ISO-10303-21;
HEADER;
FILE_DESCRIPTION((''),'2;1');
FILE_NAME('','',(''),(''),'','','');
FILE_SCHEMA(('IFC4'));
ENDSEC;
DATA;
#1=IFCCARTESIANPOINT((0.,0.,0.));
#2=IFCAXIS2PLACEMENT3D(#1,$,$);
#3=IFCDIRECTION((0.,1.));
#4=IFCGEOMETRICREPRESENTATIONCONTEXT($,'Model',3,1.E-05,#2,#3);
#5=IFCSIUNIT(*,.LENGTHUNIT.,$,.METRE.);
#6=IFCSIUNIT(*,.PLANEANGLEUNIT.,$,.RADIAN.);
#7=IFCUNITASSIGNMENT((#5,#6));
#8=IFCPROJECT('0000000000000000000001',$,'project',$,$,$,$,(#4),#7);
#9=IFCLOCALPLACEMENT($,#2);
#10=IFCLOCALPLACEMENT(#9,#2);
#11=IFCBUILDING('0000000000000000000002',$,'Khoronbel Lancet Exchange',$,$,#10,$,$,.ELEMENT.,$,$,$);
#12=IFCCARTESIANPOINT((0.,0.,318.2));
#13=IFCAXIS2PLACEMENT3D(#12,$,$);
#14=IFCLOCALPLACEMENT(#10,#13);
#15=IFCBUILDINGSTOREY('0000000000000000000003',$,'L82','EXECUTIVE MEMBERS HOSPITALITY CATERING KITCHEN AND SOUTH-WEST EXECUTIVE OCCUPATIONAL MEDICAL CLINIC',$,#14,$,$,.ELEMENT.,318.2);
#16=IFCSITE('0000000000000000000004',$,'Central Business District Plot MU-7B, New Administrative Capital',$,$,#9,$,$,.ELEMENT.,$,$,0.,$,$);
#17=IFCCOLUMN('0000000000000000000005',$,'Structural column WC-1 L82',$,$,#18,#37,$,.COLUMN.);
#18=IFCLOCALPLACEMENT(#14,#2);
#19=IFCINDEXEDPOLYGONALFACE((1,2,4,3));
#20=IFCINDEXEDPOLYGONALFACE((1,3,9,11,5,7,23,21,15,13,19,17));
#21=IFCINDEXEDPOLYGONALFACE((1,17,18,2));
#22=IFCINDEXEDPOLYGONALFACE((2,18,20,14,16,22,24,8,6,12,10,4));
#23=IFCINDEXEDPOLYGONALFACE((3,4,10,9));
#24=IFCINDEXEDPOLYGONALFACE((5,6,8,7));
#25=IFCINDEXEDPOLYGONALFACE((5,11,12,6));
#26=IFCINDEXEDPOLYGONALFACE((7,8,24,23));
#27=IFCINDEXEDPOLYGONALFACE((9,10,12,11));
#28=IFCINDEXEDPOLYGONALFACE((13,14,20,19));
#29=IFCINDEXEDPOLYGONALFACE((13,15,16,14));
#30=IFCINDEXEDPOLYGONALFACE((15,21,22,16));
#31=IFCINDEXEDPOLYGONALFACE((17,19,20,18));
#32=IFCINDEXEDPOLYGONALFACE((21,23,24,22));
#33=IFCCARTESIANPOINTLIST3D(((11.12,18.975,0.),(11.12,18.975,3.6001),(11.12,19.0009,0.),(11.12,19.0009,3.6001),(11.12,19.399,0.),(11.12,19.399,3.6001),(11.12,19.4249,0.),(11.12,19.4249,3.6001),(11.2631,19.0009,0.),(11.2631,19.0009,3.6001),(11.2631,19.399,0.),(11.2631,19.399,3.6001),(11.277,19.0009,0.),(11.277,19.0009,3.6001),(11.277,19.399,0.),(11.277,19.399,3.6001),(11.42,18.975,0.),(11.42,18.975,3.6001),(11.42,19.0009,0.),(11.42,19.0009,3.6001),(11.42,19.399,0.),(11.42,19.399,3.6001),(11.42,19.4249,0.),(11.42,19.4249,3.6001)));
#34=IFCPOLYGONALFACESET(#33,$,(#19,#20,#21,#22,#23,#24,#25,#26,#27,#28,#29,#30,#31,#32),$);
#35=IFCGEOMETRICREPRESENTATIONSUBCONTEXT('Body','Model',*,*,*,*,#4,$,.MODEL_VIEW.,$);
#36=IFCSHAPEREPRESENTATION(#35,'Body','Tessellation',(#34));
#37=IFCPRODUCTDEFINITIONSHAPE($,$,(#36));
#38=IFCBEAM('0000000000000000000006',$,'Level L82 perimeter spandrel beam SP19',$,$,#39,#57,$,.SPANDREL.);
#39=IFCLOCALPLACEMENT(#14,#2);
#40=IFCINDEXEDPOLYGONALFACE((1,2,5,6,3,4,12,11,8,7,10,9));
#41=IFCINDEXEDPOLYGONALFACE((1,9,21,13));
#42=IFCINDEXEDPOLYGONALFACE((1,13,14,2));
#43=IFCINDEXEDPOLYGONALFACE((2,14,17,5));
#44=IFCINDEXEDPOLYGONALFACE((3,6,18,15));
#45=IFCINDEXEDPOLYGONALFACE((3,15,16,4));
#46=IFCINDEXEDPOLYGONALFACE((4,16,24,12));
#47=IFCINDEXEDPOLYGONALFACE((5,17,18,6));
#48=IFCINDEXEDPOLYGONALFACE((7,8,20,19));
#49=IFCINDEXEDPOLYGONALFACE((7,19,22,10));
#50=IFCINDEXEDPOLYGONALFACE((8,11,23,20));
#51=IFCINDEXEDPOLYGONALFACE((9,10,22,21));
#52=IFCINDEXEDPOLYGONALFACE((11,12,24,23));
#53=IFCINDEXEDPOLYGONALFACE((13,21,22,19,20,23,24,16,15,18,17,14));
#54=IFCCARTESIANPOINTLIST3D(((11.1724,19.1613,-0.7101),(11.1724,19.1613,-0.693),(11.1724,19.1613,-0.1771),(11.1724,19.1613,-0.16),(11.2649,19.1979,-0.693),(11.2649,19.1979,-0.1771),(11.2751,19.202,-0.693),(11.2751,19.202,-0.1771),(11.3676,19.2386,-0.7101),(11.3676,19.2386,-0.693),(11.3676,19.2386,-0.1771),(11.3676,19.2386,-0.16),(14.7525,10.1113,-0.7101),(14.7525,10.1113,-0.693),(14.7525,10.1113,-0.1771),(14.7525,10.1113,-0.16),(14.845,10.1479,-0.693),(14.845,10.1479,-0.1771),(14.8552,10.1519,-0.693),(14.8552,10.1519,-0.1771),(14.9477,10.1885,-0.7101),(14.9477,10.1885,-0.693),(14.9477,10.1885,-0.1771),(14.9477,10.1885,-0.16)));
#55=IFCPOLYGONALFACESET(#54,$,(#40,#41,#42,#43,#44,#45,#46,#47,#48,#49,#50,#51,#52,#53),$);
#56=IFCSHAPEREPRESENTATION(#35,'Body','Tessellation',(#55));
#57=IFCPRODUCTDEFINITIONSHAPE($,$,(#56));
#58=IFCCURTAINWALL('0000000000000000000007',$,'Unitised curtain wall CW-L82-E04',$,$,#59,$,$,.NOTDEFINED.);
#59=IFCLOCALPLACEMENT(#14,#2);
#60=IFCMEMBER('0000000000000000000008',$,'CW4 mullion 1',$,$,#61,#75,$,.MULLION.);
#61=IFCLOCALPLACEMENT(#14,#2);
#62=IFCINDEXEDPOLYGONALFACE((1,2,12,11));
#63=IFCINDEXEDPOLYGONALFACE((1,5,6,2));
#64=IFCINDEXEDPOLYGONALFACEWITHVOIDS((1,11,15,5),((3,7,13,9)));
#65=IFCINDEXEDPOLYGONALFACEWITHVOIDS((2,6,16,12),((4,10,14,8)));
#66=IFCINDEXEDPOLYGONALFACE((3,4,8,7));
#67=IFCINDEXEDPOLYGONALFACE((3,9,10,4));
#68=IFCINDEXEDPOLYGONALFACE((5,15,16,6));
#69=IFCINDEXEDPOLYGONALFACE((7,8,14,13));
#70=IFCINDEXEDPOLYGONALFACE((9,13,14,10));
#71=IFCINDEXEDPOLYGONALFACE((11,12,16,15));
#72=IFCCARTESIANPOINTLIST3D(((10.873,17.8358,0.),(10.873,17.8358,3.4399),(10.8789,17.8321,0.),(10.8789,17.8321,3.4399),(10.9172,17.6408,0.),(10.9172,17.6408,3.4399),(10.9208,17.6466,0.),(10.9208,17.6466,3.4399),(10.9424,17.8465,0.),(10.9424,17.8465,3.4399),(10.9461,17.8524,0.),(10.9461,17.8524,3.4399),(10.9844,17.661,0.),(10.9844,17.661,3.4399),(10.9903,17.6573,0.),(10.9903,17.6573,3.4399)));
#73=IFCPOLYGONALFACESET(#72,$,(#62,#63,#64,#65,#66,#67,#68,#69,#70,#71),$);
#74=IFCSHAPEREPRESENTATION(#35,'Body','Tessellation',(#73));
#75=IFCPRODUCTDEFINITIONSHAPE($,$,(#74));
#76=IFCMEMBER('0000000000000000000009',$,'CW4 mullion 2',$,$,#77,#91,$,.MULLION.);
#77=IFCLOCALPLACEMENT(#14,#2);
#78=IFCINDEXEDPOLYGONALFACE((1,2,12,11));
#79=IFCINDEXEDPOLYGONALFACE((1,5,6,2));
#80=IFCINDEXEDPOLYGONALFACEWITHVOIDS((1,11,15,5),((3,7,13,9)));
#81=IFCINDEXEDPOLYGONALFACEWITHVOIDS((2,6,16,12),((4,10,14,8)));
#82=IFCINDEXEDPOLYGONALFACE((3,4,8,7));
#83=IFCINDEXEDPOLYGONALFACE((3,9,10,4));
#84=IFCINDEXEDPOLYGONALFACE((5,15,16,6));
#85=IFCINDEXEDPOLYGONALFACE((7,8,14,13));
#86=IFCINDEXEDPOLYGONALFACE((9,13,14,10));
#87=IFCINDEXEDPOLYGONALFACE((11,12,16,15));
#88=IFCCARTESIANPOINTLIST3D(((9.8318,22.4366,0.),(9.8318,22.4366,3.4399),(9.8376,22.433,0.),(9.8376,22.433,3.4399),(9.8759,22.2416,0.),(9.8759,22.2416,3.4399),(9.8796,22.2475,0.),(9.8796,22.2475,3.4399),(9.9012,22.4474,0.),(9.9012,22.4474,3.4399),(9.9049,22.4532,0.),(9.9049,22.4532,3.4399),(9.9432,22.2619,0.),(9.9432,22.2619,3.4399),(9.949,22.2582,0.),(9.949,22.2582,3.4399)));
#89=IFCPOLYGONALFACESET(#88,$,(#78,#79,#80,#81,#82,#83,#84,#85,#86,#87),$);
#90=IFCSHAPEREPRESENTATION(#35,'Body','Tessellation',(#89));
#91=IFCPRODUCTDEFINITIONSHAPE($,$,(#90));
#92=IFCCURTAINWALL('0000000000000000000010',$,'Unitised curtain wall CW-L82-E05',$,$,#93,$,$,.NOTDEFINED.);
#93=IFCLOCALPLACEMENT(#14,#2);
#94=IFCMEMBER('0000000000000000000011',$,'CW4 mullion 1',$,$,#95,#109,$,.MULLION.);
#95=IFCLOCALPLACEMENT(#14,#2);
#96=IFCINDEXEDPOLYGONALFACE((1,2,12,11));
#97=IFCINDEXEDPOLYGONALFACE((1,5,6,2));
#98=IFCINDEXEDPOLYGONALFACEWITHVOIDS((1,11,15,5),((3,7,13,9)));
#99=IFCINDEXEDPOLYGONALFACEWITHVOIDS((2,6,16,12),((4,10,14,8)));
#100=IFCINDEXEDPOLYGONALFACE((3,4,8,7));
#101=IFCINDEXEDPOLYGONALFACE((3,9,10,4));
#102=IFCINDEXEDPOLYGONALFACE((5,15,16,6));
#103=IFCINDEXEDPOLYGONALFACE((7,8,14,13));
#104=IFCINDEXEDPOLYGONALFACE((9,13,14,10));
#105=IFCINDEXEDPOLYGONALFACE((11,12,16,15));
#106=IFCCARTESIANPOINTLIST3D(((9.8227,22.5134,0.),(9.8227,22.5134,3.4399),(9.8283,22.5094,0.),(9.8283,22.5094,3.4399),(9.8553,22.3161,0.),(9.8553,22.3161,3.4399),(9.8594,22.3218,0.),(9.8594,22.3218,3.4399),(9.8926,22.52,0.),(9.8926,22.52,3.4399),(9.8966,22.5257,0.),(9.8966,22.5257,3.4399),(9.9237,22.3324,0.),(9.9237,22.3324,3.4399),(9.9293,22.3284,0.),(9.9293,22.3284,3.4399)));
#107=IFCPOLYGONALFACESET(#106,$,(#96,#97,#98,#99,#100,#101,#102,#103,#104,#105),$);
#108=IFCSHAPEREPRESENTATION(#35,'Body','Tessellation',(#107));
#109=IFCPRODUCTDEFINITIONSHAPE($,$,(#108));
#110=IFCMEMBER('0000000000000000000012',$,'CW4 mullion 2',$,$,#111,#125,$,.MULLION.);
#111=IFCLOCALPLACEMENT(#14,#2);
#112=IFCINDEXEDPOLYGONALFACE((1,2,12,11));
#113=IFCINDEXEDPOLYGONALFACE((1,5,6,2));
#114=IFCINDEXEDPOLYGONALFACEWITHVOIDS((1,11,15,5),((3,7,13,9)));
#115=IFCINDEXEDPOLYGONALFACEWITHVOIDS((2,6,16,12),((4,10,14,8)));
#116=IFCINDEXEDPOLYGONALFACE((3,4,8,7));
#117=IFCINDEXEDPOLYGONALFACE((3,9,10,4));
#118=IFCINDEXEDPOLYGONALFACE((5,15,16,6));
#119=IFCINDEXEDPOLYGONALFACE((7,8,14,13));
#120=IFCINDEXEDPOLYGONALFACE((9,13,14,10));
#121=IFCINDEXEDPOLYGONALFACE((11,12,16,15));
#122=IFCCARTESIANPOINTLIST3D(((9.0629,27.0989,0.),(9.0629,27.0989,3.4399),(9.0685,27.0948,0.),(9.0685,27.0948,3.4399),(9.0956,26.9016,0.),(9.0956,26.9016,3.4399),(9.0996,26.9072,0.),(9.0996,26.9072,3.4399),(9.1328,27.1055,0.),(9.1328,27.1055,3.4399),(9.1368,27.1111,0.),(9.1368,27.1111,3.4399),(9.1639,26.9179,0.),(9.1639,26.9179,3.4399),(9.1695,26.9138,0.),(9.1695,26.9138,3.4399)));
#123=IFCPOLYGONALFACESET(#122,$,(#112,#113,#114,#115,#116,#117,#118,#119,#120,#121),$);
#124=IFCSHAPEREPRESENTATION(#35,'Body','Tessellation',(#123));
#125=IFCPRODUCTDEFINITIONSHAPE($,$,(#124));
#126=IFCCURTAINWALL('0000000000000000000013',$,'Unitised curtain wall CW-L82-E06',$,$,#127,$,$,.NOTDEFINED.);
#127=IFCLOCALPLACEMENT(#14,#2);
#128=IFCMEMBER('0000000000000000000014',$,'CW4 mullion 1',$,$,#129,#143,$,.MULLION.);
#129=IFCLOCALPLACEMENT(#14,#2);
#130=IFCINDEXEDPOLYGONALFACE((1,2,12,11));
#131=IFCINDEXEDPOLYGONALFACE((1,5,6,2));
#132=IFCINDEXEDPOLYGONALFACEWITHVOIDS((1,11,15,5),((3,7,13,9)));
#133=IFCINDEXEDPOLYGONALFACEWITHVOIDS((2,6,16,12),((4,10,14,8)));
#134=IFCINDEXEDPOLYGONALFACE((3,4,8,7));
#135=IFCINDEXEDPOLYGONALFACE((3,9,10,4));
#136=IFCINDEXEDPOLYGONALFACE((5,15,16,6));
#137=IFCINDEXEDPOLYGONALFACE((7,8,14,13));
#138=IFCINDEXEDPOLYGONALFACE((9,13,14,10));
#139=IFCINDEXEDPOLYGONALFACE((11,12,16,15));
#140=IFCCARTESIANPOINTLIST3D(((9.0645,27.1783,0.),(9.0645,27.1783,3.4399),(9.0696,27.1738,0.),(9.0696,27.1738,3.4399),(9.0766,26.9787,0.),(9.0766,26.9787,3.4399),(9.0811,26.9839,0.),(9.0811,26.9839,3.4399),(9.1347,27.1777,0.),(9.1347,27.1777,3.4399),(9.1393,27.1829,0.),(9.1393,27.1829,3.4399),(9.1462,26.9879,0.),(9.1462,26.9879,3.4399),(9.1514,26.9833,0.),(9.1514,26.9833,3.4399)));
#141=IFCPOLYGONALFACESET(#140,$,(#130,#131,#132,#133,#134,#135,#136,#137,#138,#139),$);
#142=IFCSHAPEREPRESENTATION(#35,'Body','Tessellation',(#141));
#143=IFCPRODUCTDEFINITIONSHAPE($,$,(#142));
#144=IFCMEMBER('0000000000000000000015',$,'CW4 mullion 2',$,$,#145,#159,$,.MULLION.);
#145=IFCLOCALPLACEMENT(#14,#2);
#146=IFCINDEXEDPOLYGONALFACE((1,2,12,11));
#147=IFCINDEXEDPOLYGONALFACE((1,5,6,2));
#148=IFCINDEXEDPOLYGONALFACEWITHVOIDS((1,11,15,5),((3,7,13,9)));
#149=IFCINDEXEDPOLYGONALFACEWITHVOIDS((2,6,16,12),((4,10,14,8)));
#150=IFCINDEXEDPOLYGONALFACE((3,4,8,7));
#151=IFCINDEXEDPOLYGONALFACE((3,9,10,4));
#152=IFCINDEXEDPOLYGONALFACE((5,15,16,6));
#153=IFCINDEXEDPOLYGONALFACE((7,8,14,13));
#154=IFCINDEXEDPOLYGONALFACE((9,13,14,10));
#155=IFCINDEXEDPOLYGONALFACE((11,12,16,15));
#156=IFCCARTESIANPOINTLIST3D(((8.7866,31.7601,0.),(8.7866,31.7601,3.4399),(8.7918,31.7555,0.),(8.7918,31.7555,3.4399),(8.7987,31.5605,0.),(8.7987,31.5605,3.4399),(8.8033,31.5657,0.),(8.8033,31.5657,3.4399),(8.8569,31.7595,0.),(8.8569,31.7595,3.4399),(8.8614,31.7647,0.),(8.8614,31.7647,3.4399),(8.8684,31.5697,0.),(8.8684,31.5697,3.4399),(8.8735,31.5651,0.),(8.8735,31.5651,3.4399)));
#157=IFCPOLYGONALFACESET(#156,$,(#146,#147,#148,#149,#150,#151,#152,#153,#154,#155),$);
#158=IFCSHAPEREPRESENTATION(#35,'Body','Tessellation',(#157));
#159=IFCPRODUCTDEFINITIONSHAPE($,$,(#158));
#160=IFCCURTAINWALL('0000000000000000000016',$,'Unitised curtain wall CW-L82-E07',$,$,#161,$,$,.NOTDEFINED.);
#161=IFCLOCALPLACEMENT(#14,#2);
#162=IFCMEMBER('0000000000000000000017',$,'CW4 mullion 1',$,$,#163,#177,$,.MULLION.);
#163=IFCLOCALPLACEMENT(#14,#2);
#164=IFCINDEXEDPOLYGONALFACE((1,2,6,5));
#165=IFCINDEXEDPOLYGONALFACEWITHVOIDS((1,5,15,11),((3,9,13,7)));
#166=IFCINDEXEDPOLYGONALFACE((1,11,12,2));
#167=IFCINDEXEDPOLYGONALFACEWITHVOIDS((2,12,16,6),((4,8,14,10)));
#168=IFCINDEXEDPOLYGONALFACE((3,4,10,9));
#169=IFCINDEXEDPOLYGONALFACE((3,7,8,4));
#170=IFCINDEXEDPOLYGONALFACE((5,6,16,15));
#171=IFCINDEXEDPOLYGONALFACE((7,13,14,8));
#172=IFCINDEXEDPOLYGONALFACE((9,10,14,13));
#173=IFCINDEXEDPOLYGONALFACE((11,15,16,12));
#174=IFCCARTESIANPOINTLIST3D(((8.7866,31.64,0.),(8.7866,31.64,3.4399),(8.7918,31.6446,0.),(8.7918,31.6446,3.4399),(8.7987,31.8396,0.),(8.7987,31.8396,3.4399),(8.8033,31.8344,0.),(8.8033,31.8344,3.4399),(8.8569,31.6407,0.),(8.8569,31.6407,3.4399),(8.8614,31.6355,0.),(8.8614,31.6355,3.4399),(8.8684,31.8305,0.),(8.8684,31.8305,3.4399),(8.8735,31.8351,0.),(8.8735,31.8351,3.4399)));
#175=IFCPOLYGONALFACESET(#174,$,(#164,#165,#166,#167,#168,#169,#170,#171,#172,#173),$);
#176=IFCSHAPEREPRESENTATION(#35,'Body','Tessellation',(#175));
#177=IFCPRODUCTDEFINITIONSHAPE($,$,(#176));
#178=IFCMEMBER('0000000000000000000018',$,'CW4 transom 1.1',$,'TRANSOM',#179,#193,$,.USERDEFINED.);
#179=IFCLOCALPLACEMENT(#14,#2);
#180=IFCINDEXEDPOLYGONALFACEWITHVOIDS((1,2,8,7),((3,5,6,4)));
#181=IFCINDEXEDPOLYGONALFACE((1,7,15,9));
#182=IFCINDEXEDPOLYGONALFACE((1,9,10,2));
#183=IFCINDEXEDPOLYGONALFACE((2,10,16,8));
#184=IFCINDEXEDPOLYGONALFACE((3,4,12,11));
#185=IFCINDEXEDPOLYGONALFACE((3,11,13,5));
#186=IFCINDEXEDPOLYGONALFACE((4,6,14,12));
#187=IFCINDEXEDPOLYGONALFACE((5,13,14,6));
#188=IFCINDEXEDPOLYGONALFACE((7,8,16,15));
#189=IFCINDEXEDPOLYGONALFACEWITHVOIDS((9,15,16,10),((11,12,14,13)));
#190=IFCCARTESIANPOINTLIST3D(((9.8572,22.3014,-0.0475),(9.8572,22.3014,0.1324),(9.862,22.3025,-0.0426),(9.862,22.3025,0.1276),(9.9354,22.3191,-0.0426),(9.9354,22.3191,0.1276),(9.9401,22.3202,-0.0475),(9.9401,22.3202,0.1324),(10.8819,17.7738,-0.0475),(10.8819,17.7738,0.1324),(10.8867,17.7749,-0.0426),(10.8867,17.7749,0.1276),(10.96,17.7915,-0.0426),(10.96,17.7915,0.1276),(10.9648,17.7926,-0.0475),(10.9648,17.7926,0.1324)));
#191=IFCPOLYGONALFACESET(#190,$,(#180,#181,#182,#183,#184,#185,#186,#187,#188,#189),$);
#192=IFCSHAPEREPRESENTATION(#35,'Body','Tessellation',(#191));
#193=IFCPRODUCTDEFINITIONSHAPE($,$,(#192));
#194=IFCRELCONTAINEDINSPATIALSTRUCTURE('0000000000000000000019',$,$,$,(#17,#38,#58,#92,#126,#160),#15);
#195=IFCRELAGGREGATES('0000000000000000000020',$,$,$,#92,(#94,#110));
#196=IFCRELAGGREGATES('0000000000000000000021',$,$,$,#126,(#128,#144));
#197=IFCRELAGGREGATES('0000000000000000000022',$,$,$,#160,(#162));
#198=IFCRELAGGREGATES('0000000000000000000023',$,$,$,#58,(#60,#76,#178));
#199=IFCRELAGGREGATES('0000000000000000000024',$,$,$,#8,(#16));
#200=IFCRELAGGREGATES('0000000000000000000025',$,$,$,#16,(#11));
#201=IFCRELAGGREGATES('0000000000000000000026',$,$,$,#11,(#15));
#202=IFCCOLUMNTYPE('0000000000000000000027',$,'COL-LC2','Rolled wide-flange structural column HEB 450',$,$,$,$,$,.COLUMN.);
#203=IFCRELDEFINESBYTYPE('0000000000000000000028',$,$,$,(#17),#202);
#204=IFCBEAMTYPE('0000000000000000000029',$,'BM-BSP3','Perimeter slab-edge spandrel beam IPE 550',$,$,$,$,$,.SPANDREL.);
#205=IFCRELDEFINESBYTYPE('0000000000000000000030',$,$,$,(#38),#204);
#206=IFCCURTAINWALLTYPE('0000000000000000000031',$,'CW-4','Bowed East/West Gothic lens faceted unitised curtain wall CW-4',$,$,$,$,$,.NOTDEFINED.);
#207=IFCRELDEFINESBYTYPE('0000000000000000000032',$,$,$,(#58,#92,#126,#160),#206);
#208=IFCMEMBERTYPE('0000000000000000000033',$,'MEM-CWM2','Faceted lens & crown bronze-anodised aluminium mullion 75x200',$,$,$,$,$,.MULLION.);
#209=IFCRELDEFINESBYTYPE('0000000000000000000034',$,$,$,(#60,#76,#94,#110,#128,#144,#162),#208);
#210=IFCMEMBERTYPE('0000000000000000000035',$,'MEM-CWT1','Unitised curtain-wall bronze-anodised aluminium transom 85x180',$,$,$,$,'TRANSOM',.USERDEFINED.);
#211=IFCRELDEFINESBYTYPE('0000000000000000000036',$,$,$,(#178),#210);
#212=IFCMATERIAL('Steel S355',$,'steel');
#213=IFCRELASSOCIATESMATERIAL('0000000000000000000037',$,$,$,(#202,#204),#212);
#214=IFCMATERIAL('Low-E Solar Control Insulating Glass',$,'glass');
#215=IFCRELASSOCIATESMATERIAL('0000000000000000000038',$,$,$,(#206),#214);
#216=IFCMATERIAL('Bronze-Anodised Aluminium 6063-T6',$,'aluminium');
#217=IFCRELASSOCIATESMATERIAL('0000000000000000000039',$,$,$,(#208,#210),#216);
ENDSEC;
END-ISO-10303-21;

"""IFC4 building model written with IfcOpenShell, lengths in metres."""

from ifc_helpers import new_model, si_unit, direction, frame, origin, origin_2d, place, context, subcontext, project, spatial, hollow_rectangle, i_section, extrude, material, material_profile, profile_set, type_object, element, aggregate, save


model = new_model("IFC4")

# Units and contexts
model_context = context("Model", 3, precision=1e-05, world=origin(), true_north=direction((0.0, 1.0)))
body_context = subcontext(model_context, "Body", "Model", "MODEL_VIEW")
ifc_project = project(units=[si_unit("LENGTHUNIT", "METRE"), si_unit("PLANEANGLEUNIT", "RADIAN")], contexts=[model_context])

# Site, building, storey
site_placement = place(None, origin())
site = spatial("IfcSite", under=ifc_project, at=site_placement, Name="Central Business District Plot MU-7B, New Administrative Capital", CompositionType="ELEMENT", RefElevation=0.0)
building_placement = place(site_placement, origin())
building = spatial("IfcBuilding", under=site, at=building_placement, Name="Khoronbel Lancet Exchange", CompositionType="ELEMENT")
storey_placement = place(building_placement, frame((0.0, 0.0, 318.2)))
storey = spatial("IfcBuildingStorey", under=building, at=storey_placement, Name="L82", Description="EXECUTIVE MEMBERS HOSPITALITY CATERING KITCHEN AND SOUTH-WEST EXECUTIVE OCCUPATIONAL MEDICAL CLINIC", CompositionType="ELEMENT", Elevation=318.2)

# Column
ifc_material_1 = material(Name="Steel S355", Category="steel")
ifc_material_profile_1 = material_profile(ifc_material_1, i_section(OverallWidth=0.3, OverallDepth=0.45, WebThickness=0.0139, FlangeThickness=0.0259, at=origin_2d()), Name="HEB 450")
ifc_profile_set_1 = profile_set([ifc_material_profile_1], Name="Steel S355")
column_type = type_object("IfcColumnType", Name="COL-LC2", Description="Rolled wide-flange structural column HEB 450", PredefinedType="COLUMN", material=ifc_profile_set_1)
column_placement = place(storey_placement, frame((11.27, 19.2, 0.0), z_axis=(0.0, 0.0, 1.0), x_axis=(1.0, 0.0, 0.0)))
element("IfcColumn", 1, at=column_placement, inside=storey, type_object=column_type, Name="Structural column WC-1 L82", PredefinedType="COLUMN", context=body_context, shape_type="SweptSolid", body=[
    extrude(i_section(OverallWidth=0.3, OverallDepth=0.45, WebThickness=0.0139, FlangeThickness=0.0259, at=origin_2d()), origin(), (0.0, 0.0, 1.0), 3.6001),
])

# Beam
ifc_material_profile_2 = material_profile(ifc_material_1, i_section(OverallWidth=0.21, OverallDepth=0.55, WebThickness=0.011, FlangeThickness=0.0171, at=origin_2d()), Name="IPE 550")
ifc_profile_set_2 = profile_set([ifc_material_profile_2], Name="Steel S355")
beam_type = type_object("IfcBeamType", Name="BM-BSP3", Description="Perimeter slab-edge spandrel beam IPE 550", PredefinedType="SPANDREL", material=ifc_profile_set_2)
beam_placement = place(storey_placement, frame((11.27, 19.2, -0.4351), z_axis=(0.36785, -0.929885, 0.0), x_axis=(0.929885, 0.36785, 0.0)))
element("IfcBeam", 2, at=beam_placement, inside=storey, type_object=beam_type, Name="Level L82 perimeter spandrel beam SP19", PredefinedType="SPANDREL", context=body_context, shape_type="SweptSolid", body=[
    extrude(i_section(OverallWidth=0.21, OverallDepth=0.55, WebThickness=0.011, FlangeThickness=0.0171, at=origin_2d()), origin(), (0.0, 0.0, 1.0), 9.7324),
])

# Curtain walls, members
ifc_material_2 = material(Name="Low-E Solar Control Insulating Glass", Category="glass")
curtain_wall_type = type_object("IfcCurtainWallType", Name="CW-4", Description="Bowed East/West Gothic lens faceted unitised curtain wall CW-4", PredefinedType="NOTDEFINED", material=ifc_material_2)
curtain_wall_1_placement = place(storey_placement, origin())
curtain_wall_1 = element("IfcCurtainWall", 3, at=curtain_wall_1_placement, inside=storey, type_object=curtain_wall_type, Name="Unitised curtain wall CW-L82-E04", PredefinedType="NOTDEFINED")
ifc_material_3 = material(Name="Bronze-Anodised Aluminium 6063-T6", Category="aluminium")
ifc_material_profile_3 = material_profile(ifc_material_3, hollow_rectangle(XDim=0.075, YDim=0.2, WallThickness=0.0049, at=origin_2d()), Name="ALU MULLION 75x200")
ifc_profile_set_3 = profile_set([ifc_material_profile_3], Name="Bronze-Anodised Aluminium 6063-T6")
member_type_1 = type_object("IfcMemberType", Name="MEM-CWM2", Description="Faceted lens & crown bronze-anodised aluminium mullion 75x200", PredefinedType="MULLION", material=ifc_profile_set_3)
member_1_placement = place(storey_placement, frame((10.9316, 17.7466, 0.0), z_axis=(0.0, 0.0, 1.0), x_axis=(-0.975333, -0.220738, 0.0)))
member_1 = element("IfcMember", 4, at=member_1_placement, type_object=member_type_1, Name="CW4 mullion 1", PredefinedType="MULLION", context=body_context, shape_type="SweptSolid", body=[
    extrude(hollow_rectangle(XDim=0.075, YDim=0.2, WallThickness=0.0049, at=origin_2d()), origin(), (0.0, 0.0, 1.0), 3.4399),
])
member_2_placement = place(storey_placement, frame((9.8904, 22.3474, 0.0), z_axis=(0.0, 0.0, 1.0), x_axis=(-0.975333, -0.220738, 0.0)))
member_2 = element("IfcMember", 5, at=member_2_placement, type_object=member_type_1, Name="CW4 mullion 2", PredefinedType="MULLION", context=body_context, shape_type="SweptSolid", body=[
    extrude(hollow_rectangle(XDim=0.075, YDim=0.2, WallThickness=0.0049, at=origin_2d()), origin(), (0.0, 0.0, 1.0), 3.4399),
])
curtain_wall_2_placement = place(storey_placement, origin())
curtain_wall_2 = element("IfcCurtainWall", 6, at=curtain_wall_2_placement, inside=storey, type_object=curtain_wall_type, Name="Unitised curtain wall CW-L82-E05", PredefinedType="NOTDEFINED")
member_3_placement = place(storey_placement, frame((9.876, 22.4209, 0.0), z_axis=(0.0, 0.0, 1.0), x_axis=(-0.986547, -0.163479, 0.0)))
member_3 = element("IfcMember", 7, at=member_3_placement, type_object=member_type_1, Name="CW4 mullion 1", PredefinedType="MULLION", context=body_context, shape_type="SweptSolid", body=[
    extrude(hollow_rectangle(XDim=0.075, YDim=0.2, WallThickness=0.0049, at=origin_2d()), origin(), (0.0, 0.0, 1.0), 3.4399),
])
member_4_placement = place(storey_placement, frame((9.1162, 27.0063, 0.0), z_axis=(0.0, 0.0, 1.0), x_axis=(-0.986547, -0.163479, 0.0)))
member_4 = element("IfcMember", 8, at=member_4_placement, type_object=member_type_1, Name="CW4 mullion 2", PredefinedType="MULLION", context=body_context, shape_type="SweptSolid", body=[
    extrude(hollow_rectangle(XDim=0.075, YDim=0.2, WallThickness=0.0049, at=origin_2d()), origin(), (0.0, 0.0, 1.0), 3.4399),
])
curtain_wall_3_placement = place(storey_placement, origin())
curtain_wall_3 = element("IfcCurtainWall", 9, at=curtain_wall_3_placement, inside=storey, type_object=curtain_wall_type, Name="Unitised curtain wall CW-L82-E06", PredefinedType="NOTDEFINED")
member_5_placement = place(storey_placement, frame((9.1079, 27.0808, 0.0), z_axis=(0.0, 0.0, 1.0), x_axis=(-0.998166, -0.060534, 0.0)))
member_5 = element("IfcMember", 10, at=member_5_placement, type_object=member_type_1, Name="CW4 mullion 1", PredefinedType="MULLION", context=body_context, shape_type="SweptSolid", body=[
    extrude(hollow_rectangle(XDim=0.075, YDim=0.2, WallThickness=0.0049, at=origin_2d()), origin(), (0.0, 0.0, 1.0), 3.4399),
])
member_6_placement = place(storey_placement, frame((8.8301, 31.6626, 0.0), z_axis=(0.0, 0.0, 1.0), x_axis=(-0.998166, -0.060534, 0.0)))
member_6 = element("IfcMember", 11, at=member_6_placement, type_object=member_type_1, Name="CW4 mullion 2", PredefinedType="MULLION", context=body_context, shape_type="SweptSolid", body=[
    extrude(hollow_rectangle(XDim=0.075, YDim=0.2, WallThickness=0.0049, at=origin_2d()), origin(), (0.0, 0.0, 1.0), 3.4399),
])

# Curtain wall, member
curtain_wall_4_placement = place(storey_placement, origin())
curtain_wall_4 = element("IfcCurtainWall", 12, at=curtain_wall_4_placement, inside=storey, type_object=curtain_wall_type, Name="Unitised curtain wall CW-L82-E07", PredefinedType="NOTDEFINED")
member_7_placement = place(storey_placement, frame((8.8301, 31.7375, 0.0), z_axis=(0.0, 0.0, 1.0), x_axis=(-0.998166, 0.060534, 0.0)))
member_7 = element("IfcMember", 13, at=member_7_placement, type_object=member_type_1, Name="CW4 mullion 1", PredefinedType="MULLION", context=body_context, shape_type="SweptSolid", body=[
    extrude(hollow_rectangle(XDim=0.075, YDim=0.2, WallThickness=0.0049, at=origin_2d()), origin(), (0.0, 0.0, 1.0), 3.4399),
])

# Member
ifc_material_profile_4 = material_profile(ifc_material_3, hollow_rectangle(XDim=0.085, YDim=0.1799, WallThickness=0.0049, at=origin_2d()), Name="ALU TRANSOM 85x180")
ifc_profile_set_4 = profile_set([ifc_material_profile_4], Name="Bronze-Anodised Aluminium 6063-T6")
member_type_2 = type_object("IfcMemberType", Name="MEM-CWT1", Description="Unitised curtain-wall bronze-anodised aluminium transom 85x180", ElementType="TRANSOM", PredefinedType="USERDEFINED", material=ifc_profile_set_4)
member_8_placement = place(storey_placement, frame((10.9233, 17.7832, 0.0425), z_axis=(-0.220732, 0.975334, 0.0), x_axis=(-0.975334, -0.220732, 0.0)))
member_8 = element("IfcMember", 14, at=member_8_placement, type_object=member_type_2, Name="CW4 transom 1.1", ObjectType="TRANSOM", PredefinedType="USERDEFINED", context=body_context, shape_type="SweptSolid", body=[
    extrude(hollow_rectangle(XDim=0.085, YDim=0.1799, WallThickness=0.0049, at=origin_2d()), origin(), (0.0, 0.0, 1.0), 4.6421),
])

aggregate(curtain_wall_2, [member_3, member_4])
aggregate(curtain_wall_3, [member_5, member_6])
aggregate(curtain_wall_4, [member_7])
aggregate(curtain_wall_1, [member_1, member_2, member_8])

save(model, "model.ifc")
